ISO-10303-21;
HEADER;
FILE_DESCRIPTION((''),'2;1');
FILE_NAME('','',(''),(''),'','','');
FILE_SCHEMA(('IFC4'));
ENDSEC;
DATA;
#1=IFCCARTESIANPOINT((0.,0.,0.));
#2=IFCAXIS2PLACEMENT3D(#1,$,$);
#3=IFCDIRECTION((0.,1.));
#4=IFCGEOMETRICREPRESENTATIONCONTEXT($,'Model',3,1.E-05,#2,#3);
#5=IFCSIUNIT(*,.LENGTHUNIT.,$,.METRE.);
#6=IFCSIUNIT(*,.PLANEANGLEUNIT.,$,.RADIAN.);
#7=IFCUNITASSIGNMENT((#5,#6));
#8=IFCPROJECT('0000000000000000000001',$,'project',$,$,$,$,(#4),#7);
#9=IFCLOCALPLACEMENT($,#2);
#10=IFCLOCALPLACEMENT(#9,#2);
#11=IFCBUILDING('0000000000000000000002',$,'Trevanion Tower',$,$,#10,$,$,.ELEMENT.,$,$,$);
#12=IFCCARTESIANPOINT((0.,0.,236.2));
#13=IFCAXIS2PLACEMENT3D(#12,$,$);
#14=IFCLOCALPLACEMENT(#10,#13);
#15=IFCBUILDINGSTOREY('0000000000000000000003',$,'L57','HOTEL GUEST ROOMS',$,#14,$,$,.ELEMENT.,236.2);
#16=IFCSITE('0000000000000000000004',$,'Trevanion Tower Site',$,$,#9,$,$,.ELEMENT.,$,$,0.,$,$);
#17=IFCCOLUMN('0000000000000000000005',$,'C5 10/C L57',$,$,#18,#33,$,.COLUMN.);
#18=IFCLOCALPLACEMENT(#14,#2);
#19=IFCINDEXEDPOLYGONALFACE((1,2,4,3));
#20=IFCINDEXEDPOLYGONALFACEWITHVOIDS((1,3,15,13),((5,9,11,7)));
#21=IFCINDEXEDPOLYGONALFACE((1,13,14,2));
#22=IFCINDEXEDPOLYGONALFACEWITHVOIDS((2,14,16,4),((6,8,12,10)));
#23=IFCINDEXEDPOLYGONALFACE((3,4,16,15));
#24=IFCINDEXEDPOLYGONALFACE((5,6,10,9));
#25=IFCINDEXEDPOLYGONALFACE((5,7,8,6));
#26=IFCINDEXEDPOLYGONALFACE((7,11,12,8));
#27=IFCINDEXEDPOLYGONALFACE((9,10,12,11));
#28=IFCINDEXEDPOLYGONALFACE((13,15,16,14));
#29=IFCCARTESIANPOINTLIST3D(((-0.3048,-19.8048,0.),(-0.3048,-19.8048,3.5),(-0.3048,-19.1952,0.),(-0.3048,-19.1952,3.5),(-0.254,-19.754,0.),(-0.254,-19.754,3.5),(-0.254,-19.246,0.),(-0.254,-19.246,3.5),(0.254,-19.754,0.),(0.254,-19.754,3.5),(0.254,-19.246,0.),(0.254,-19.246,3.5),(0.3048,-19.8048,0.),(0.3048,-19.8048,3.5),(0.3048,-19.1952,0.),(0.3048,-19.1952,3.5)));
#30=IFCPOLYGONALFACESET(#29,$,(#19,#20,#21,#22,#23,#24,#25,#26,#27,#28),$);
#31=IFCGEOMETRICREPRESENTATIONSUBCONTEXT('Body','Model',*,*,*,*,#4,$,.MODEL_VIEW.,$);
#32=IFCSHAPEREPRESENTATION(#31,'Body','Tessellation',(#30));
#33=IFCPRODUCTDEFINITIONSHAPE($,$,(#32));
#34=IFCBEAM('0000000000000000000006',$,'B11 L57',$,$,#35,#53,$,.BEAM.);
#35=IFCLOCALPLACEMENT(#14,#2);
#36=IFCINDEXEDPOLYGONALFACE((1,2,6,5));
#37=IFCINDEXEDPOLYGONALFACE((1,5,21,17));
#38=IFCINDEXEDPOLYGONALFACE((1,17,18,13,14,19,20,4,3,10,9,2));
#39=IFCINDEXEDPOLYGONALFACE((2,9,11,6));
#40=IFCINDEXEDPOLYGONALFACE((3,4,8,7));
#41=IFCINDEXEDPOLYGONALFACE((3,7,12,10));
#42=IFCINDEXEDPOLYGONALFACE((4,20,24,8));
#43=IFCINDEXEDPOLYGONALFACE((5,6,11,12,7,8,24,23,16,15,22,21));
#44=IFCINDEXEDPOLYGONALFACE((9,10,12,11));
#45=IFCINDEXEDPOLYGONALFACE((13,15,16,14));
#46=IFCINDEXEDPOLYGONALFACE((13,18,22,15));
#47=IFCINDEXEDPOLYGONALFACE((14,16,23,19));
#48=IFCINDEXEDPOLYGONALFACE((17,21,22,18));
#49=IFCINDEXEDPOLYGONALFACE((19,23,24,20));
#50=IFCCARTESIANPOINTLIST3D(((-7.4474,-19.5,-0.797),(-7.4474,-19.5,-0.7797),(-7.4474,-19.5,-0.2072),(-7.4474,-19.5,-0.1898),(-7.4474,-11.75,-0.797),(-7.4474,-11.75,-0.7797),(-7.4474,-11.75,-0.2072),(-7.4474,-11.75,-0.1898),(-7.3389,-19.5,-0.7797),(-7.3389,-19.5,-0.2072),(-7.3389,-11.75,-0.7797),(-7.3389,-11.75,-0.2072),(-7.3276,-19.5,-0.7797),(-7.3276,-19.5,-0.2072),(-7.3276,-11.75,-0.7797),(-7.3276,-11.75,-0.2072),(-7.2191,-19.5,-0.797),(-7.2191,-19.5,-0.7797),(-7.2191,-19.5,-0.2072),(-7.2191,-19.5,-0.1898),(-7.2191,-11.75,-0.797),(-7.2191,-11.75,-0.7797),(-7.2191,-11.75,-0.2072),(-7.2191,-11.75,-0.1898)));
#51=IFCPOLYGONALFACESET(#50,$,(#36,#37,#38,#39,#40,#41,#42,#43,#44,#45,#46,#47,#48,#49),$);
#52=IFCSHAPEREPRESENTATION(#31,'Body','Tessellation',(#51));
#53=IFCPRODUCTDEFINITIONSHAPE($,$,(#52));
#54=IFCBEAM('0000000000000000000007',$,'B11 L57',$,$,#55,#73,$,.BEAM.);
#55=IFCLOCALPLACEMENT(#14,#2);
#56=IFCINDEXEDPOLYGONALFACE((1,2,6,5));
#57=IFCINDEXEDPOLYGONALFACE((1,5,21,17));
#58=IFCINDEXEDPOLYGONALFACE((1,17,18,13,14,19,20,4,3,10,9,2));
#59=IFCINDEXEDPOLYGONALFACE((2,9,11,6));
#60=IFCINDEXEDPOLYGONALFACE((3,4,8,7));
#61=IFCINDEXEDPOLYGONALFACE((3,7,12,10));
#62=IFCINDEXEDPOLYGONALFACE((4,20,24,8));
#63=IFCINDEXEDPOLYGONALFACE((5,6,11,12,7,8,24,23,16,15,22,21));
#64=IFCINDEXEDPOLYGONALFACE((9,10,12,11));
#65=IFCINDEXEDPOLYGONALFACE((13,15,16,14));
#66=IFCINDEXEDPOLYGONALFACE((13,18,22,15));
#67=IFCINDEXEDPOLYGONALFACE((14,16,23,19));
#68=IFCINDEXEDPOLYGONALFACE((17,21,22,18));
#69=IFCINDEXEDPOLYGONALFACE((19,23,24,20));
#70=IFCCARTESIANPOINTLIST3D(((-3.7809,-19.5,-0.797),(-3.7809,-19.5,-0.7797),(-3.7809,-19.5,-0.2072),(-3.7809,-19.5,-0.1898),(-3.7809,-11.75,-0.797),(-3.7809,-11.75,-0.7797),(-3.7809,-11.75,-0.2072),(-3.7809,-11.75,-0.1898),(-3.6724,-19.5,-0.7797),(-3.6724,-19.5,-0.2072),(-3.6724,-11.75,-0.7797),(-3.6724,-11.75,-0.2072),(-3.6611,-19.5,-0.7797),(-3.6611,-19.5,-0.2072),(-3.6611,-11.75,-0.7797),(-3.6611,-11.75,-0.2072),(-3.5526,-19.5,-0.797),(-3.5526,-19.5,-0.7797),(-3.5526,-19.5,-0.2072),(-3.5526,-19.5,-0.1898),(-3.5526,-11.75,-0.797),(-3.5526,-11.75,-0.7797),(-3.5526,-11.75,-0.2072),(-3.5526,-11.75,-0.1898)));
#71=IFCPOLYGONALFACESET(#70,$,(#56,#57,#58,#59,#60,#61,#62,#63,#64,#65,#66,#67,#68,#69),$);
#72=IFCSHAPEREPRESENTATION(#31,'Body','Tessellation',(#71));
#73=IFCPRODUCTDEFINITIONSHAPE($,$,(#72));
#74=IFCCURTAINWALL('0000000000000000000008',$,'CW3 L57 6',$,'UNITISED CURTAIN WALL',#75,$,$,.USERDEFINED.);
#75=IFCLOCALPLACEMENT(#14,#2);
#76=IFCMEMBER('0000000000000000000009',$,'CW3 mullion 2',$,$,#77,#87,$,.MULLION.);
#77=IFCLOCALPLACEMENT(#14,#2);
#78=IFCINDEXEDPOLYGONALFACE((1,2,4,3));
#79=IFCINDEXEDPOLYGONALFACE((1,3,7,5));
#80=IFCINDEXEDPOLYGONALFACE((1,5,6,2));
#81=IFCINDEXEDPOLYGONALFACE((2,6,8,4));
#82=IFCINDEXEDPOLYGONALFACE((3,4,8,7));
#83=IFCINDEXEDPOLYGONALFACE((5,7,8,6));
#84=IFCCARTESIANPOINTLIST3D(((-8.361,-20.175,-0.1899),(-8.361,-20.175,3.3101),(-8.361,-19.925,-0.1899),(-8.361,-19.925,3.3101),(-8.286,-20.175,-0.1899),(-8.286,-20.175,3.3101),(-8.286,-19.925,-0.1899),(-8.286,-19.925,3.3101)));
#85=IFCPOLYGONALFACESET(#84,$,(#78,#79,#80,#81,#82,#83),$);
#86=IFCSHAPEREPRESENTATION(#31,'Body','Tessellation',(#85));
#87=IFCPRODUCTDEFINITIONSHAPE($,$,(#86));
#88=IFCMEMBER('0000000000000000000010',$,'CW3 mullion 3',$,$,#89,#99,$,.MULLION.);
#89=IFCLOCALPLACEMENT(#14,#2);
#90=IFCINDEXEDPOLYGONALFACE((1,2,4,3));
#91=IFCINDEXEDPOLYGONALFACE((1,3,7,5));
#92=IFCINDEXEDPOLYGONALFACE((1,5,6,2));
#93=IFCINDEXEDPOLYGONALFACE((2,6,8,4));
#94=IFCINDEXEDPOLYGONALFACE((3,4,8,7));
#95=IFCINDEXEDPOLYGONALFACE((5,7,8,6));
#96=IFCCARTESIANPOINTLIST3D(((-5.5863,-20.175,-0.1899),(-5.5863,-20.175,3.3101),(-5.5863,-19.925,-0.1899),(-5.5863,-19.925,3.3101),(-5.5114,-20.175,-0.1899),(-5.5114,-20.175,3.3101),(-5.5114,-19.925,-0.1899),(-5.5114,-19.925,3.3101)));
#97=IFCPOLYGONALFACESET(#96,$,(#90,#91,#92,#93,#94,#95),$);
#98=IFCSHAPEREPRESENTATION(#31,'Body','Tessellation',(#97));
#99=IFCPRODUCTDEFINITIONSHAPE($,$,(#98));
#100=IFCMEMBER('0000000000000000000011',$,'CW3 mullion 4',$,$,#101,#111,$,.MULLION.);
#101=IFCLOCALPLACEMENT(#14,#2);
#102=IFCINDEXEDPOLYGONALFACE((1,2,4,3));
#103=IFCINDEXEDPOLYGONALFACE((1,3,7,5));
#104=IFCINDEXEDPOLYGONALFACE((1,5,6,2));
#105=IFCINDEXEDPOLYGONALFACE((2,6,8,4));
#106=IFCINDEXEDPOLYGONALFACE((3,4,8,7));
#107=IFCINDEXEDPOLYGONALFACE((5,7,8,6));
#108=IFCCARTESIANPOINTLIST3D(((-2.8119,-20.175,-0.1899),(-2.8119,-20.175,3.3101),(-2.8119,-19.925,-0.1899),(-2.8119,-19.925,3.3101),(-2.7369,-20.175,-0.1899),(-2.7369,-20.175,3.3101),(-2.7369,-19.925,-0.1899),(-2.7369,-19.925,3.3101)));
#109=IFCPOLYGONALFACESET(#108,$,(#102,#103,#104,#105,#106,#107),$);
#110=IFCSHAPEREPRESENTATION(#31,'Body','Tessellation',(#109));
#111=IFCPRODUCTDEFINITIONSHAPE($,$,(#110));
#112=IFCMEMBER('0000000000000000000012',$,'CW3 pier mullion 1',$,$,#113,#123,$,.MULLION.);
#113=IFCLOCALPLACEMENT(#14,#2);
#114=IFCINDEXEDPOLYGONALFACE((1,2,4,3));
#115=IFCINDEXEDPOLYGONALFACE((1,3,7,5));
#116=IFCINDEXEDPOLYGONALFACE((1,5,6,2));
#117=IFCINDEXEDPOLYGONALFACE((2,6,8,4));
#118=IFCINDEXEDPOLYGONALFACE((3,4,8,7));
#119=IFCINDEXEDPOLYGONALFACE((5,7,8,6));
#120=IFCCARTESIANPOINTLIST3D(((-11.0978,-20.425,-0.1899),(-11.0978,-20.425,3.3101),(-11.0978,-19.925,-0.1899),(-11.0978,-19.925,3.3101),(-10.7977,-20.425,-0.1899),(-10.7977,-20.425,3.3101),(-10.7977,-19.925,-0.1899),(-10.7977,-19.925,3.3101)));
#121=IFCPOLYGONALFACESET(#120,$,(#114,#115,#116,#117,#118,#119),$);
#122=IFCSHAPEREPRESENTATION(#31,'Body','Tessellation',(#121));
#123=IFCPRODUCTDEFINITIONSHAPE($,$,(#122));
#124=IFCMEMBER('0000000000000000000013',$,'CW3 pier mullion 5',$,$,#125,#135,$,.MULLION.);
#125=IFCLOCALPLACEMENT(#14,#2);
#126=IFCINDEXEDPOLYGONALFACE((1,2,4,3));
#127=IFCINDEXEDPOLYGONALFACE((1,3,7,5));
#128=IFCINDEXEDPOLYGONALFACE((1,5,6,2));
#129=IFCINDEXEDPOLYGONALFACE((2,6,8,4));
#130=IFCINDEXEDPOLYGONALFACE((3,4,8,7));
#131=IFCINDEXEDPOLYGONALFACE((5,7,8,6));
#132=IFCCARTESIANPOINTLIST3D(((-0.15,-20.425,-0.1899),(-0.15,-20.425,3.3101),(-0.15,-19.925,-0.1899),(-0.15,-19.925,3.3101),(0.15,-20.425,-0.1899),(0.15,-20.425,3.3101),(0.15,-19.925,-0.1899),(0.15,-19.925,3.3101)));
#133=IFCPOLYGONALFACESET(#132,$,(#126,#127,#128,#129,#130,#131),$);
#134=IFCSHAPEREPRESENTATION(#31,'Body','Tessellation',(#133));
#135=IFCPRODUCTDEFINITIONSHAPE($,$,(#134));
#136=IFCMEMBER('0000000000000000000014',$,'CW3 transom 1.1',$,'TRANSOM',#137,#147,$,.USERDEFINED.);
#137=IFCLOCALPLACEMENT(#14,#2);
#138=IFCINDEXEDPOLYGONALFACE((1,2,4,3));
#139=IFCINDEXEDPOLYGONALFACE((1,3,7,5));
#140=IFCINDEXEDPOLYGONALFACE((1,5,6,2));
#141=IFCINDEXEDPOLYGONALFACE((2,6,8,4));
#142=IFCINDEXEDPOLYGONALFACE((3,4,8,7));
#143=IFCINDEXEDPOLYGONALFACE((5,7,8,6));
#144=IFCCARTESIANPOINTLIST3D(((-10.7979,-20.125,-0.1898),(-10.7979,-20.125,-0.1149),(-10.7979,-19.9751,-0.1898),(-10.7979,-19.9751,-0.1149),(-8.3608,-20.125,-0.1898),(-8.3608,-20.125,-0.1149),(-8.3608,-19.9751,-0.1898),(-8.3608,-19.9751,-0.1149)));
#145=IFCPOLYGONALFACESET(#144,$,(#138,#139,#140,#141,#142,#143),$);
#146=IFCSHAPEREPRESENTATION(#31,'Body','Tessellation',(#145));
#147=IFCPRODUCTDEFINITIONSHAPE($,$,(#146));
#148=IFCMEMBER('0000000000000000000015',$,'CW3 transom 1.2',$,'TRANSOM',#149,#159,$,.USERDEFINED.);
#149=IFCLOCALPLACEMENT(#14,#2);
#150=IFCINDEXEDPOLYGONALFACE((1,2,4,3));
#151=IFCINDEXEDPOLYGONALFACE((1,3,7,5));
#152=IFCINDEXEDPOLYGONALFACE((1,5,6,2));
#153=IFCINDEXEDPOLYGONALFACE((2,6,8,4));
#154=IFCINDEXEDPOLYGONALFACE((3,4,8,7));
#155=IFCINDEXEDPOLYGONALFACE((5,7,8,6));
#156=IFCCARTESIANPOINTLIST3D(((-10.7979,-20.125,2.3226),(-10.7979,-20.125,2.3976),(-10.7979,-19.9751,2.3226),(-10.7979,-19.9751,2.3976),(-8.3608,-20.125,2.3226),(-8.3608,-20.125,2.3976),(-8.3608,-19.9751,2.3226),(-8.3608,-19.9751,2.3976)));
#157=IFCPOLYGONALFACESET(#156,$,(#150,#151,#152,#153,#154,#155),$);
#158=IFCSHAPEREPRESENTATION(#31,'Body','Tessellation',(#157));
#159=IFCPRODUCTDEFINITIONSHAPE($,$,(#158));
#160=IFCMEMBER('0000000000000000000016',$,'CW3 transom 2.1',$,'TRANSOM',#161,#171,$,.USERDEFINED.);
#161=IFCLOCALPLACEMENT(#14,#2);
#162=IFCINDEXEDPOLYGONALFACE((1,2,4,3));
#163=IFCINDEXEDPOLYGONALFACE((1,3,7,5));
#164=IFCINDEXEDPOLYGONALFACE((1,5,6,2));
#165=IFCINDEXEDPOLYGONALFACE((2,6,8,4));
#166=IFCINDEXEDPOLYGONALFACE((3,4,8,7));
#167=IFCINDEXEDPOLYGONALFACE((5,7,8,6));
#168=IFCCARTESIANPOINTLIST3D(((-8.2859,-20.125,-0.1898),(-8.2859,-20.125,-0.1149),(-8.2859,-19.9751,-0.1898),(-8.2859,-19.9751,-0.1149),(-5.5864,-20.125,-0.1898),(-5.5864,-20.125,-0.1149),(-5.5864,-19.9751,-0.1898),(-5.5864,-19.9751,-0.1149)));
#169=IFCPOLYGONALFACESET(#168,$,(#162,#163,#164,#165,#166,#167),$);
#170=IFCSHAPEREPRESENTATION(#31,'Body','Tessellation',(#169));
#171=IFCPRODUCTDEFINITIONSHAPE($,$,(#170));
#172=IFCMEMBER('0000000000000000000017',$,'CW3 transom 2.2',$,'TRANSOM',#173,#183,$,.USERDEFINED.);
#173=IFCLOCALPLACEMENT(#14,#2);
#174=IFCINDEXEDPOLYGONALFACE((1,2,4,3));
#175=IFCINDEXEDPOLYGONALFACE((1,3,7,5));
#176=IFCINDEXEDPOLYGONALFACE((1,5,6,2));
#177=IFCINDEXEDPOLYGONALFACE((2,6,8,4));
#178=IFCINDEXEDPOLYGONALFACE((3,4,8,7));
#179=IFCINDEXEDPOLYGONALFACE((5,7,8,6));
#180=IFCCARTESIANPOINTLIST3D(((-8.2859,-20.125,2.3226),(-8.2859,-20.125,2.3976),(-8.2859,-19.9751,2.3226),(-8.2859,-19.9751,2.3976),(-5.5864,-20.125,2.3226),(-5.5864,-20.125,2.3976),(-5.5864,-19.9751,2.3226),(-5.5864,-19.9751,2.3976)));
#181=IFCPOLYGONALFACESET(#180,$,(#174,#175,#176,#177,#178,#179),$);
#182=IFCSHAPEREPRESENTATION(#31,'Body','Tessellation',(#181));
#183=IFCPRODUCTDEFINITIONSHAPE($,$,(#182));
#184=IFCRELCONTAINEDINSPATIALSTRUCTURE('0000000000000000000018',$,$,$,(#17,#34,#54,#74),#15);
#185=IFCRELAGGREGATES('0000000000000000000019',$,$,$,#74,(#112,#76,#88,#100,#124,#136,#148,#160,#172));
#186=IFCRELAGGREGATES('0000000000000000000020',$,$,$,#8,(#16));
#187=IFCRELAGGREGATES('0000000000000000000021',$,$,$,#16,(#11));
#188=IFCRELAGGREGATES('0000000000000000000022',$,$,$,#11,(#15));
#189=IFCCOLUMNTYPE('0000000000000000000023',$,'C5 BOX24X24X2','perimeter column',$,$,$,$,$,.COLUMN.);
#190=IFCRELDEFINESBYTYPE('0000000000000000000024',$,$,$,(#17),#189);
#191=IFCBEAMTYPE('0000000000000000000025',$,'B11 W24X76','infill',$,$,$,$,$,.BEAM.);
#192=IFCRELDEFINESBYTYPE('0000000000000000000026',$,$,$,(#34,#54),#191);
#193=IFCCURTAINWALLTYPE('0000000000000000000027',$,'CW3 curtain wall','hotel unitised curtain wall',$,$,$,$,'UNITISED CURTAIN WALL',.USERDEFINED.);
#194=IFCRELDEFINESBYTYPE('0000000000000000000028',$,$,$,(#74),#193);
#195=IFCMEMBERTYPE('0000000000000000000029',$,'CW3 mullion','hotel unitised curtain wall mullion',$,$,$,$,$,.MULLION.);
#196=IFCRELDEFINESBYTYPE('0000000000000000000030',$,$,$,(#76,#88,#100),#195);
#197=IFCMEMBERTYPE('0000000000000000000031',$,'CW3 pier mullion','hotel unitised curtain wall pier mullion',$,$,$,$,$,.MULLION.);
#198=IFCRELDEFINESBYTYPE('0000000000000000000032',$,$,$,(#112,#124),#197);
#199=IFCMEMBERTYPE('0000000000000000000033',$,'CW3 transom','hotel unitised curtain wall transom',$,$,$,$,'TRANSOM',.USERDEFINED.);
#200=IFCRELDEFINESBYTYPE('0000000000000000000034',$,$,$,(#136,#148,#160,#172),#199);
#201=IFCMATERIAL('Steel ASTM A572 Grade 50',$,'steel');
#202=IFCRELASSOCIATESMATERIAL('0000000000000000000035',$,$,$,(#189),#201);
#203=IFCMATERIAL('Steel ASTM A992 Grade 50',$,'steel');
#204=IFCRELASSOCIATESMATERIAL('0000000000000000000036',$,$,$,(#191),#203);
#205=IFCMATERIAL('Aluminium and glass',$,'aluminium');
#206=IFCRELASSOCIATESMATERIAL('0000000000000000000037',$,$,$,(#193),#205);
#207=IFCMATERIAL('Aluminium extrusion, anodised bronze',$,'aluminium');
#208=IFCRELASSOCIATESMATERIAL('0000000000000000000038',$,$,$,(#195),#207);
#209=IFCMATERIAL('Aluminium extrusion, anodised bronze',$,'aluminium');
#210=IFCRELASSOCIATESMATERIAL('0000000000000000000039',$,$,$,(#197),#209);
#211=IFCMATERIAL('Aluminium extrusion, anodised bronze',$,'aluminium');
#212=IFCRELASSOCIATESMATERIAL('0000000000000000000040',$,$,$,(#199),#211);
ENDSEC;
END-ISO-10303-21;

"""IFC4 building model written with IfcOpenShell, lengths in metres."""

from ifc_helpers import new_model, si_unit, direction, frame, origin, origin_2d, place, context, subcontext, project, spatial, rectangle, hollow_rectangle, i_section, extrude, material, material_profile, profile_set, type_object, element, aggregate, save


model = new_model("IFC4")

# Units and contexts
model_context = context("Model", 3, precision=1e-05, world=origin(), true_north=direction((0.0, 1.0)))
body_context = subcontext(model_context, "Body", "Model", "MODEL_VIEW")
ifc_project = project(units=[si_unit("LENGTHUNIT", "METRE"), si_unit("PLANEANGLEUNIT", "RADIAN")], contexts=[model_context])

# Site, building, storey
site_placement = place(None, origin())
site = spatial("IfcSite", under=ifc_project, at=site_placement, Name="Trevanion Tower Site", CompositionType="ELEMENT", RefElevation=0.0)
building_placement = place(site_placement, origin())
building = spatial("IfcBuilding", under=site, at=building_placement, Name="Trevanion Tower", CompositionType="ELEMENT")
storey_placement = place(building_placement, frame((0.0, 0.0, 236.2)))
storey = spatial("IfcBuildingStorey", under=building, at=storey_placement, Name="L57", Description="HOTEL GUEST ROOMS", CompositionType="ELEMENT", Elevation=236.2)

# Column
ifc_material_1 = material(Name="Steel ASTM A572 Grade 50", Category="steel")
ifc_material_profile_1 = material_profile(ifc_material_1, hollow_rectangle(XDim=0.6096, YDim=0.6096, WallThickness=0.0508, at=origin_2d()), Name="BOX24X24X2")
ifc_profile_set_1 = profile_set([ifc_material_profile_1], Name="Steel ASTM A572 Grade 50")
column_type = type_object("IfcColumnType", Name="C5 BOX24X24X2", Description="perimeter column", PredefinedType="COLUMN", material=ifc_profile_set_1)
column_placement = place(storey_placement, frame((0.0, -19.5, 0.0), z_axis=(0.0, 0.0, 1.0), x_axis=(1.0, 0.0, 0.0)))
element("IfcColumn", 1, at=column_placement, inside=storey, type_object=column_type, Name="C5 10/C L57", PredefinedType="COLUMN", context=body_context, shape_type="SweptSolid", body=[
    extrude(hollow_rectangle(XDim=0.6096, YDim=0.6096, WallThickness=0.0508, at=origin_2d()), origin(), (0.0, 0.0, 1.0), 3.5),
])

# Beams
ifc_material_2 = material(Name="Steel ASTM A992 Grade 50", Category="steel")
ifc_material_profile_2 = material_profile(ifc_material_2, i_section(OverallWidth=0.2283, OverallDepth=0.6072, WebThickness=0.0112, FlangeThickness=0.0173, at=origin_2d()), Name="W24X76")
ifc_profile_set_2 = profile_set([ifc_material_profile_2], Name="Steel ASTM A992 Grade 50")
beam_type_1 = type_object("IfcBeamType", Name="B11 W24X76", Description="infill", PredefinedType="BEAM", material=ifc_profile_set_2)
for number, where, z_axis, x_axis, name in (
    (2, (-7.3333, -11.75, -0.4934), (0.0, -1.0, 0.0), (1.0, 0.0, 0.0), "B11 L57"),
    (3, (-3.6667, -11.75, -0.4934), (0.0, -1.0, 0.0), (1.0, 0.0, 0.0), "B11 L57"),
):
    element("IfcBeam", number, at=place(storey_placement, frame(where, z_axis=z_axis, x_axis=x_axis)), inside=storey, type_object=beam_type_1, Name=name, PredefinedType="BEAM", context=body_context, shape_type="SweptSolid", body=[
        extrude(i_section(OverallWidth=0.2283, OverallDepth=0.6072, WebThickness=0.0112, FlangeThickness=0.0173, at=origin_2d()), origin(), (0.0, 0.0, 1.0), 7.75),
    ])

# Curtain wall, members
ifc_material_3 = material(Name="Aluminium and glass", Category="aluminium")
curtain_wall_type = type_object("IfcCurtainWallType", Name="CW3 curtain wall", Description="hotel unitised curtain wall", ElementType="UNITISED CURTAIN WALL", PredefinedType="USERDEFINED", material=ifc_material_3)
curtain_wall_placement = place(storey_placement, origin())
curtain_wall = element("IfcCurtainWall", 4, at=curtain_wall_placement, inside=storey, type_object=curtain_wall_type, Name="CW3 L57 6", ObjectType="UNITISED CURTAIN WALL", PredefinedType="USERDEFINED")
ifc_material_4 = material(Name="Aluminium extrusion, anodised bronze", Category="aluminium")
ifc_material_profile_3 = material_profile(ifc_material_4, rectangle(XDim=0.075, YDim=0.25, at=origin_2d()), Name="CW3 mullion")
ifc_profile_set_3 = profile_set([ifc_material_profile_3], Name="Aluminium extrusion, anodised bronze")
member_type_1 = type_object("IfcMemberType", Name="CW3 mullion", Description="hotel unitised curtain wall mullion", PredefinedType="MULLION", material=ifc_profile_set_3)
member_1_placement = place(storey_placement, frame((-8.3235, -20.05, -0.1899), z_axis=(0.0, 0.0, 1.0), x_axis=(1.0, 0.0, 0.0)))
member_1 = element("IfcMember", 5, at=member_1_placement, type_object=member_type_1, Name="CW3 mullion 2", PredefinedType="MULLION", context=body_context, shape_type="SweptSolid", body=[
    extrude(rectangle(XDim=0.075, YDim=0.25, at=origin_2d()), origin(), (0.0, 0.0, 1.0), 3.5),
])
member_2_placement = place(storey_placement, frame((-5.5488, -20.05, -0.1899), z_axis=(0.0, 0.0, 1.0), x_axis=(1.0, 0.0, 0.0)))
member_2 = element("IfcMember", 6, at=member_2_placement, type_object=member_type_1, Name="CW3 mullion 3", PredefinedType="MULLION", context=body_context, shape_type="SweptSolid", body=[
    extrude(rectangle(XDim=0.075, YDim=0.25, at=origin_2d()), origin(), (0.0, 0.0, 1.0), 3.5),
])
member_3_placement = place(storey_placement, frame((-2.7744, -20.05, -0.1899), z_axis=(0.0, 0.0, 1.0), x_axis=(1.0, 0.0, 0.0)))
member_3 = element("IfcMember", 7, at=member_3_placement, type_object=member_type_1, Name="CW3 mullion 4", PredefinedType="MULLION", context=body_context, shape_type="SweptSolid", body=[
    extrude(rectangle(XDim=0.075, YDim=0.25, at=origin_2d()), origin(), (0.0, 0.0, 1.0), 3.5),
])
ifc_material_5 = material(Name="Aluminium extrusion, anodised bronze", Category="aluminium")
ifc_material_profile_4 = material_profile(ifc_material_5, rectangle(XDim=0.3, YDim=0.5, at=origin_2d()), Name="CW3 pier mullion")
ifc_profile_set_4 = profile_set([ifc_material_profile_4], Name="Aluminium extrusion, anodised bronze")
member_type_2 = type_object("IfcMemberType", Name="CW3 pier mullion", Description="hotel unitised curtain wall pier mullion", PredefinedType="MULLION", material=ifc_profile_set_4)
member_4_placement = place(storey_placement, frame((-10.9478, -20.175, -0.1899), z_axis=(0.0, 0.0, 1.0), x_axis=(1.0, 0.0, 0.0)))
member_4 = element("IfcMember", 8, at=member_4_placement, type_object=member_type_2, Name="CW3 pier mullion 1", PredefinedType="MULLION", context=body_context, shape_type="SweptSolid", body=[
    extrude(rectangle(XDim=0.3, YDim=0.5, at=origin_2d()), origin(), (0.0, 0.0, 1.0), 3.5),
])
member_5_placement = place(storey_placement, frame((0.0, -20.175, -0.1899), z_axis=(0.0, 0.0, 1.0), x_axis=(1.0, 0.0, 0.0)))
member_5 = element("IfcMember", 9, at=member_5_placement, type_object=member_type_2, Name="CW3 pier mullion 5", PredefinedType="MULLION", context=body_context, shape_type="SweptSolid", body=[
    extrude(rectangle(XDim=0.3, YDim=0.5, at=origin_2d()), origin(), (0.0, 0.0, 1.0), 3.5),
])
ifc_material_6 = material(Name="Aluminium extrusion, anodised bronze", Category="aluminium")
ifc_material_profile_5 = material_profile(ifc_material_6, rectangle(XDim=0.1499, YDim=0.075, at=origin_2d()), Name="CW3 transom")
ifc_profile_set_5 = profile_set([ifc_material_profile_5], Name="Aluminium extrusion, anodised bronze")
member_type_3 = type_object("IfcMemberType", Name="CW3 transom", Description="hotel unitised curtain wall transom", ElementType="TRANSOM", PredefinedType="USERDEFINED", material=ifc_profile_set_5)
member_6_placement = place(storey_placement, frame((-10.7979, -20.05, -0.1523), z_axis=(1.0, 0.0, 0.0), x_axis=(0.0, 1.0, 0.0)))
member_6 = element("IfcMember", 10, at=member_6_placement, type_object=member_type_3, Name="CW3 transom 1.1", ObjectType="TRANSOM", PredefinedType="USERDEFINED", context=body_context, shape_type="SweptSolid", body=[
    extrude(rectangle(XDim=0.1499, YDim=0.075, at=origin_2d()), origin(), (0.0, 0.0, 1.0), 2.437),
])
member_7_placement = place(storey_placement, frame((-10.7979, -20.05, 2.3601), z_axis=(1.0, 0.0, 0.0), x_axis=(0.0, 1.0, 0.0)))
member_7 = element("IfcMember", 11, at=member_7_placement, type_object=member_type_3, Name="CW3 transom 1.2", ObjectType="TRANSOM", PredefinedType="USERDEFINED", context=body_context, shape_type="SweptSolid", body=[
    extrude(rectangle(XDim=0.1499, YDim=0.075, at=origin_2d()), origin(), (0.0, 0.0, 1.0), 2.437),
])
member_8_placement = place(storey_placement, frame((-8.2859, -20.05, -0.1523), z_axis=(1.0, 0.0, 0.0), x_axis=(0.0, 1.0, 0.0)))
member_8 = element("IfcMember", 12, at=member_8_placement, type_object=member_type_3, Name="CW3 transom 2.1", ObjectType="TRANSOM", PredefinedType="USERDEFINED", context=body_context, shape_type="SweptSolid", body=[
    extrude(rectangle(XDim=0.1499, YDim=0.075, at=origin_2d()), origin(), (0.0, 0.0, 1.0), 2.6995),
])
member_9_placement = place(storey_placement, frame((-8.2859, -20.05, 2.3601), z_axis=(1.0, 0.0, 0.0), x_axis=(0.0, 1.0, 0.0)))
member_9 = element("IfcMember", 13, at=member_9_placement, type_object=member_type_3, Name="CW3 transom 2.2", ObjectType="TRANSOM", PredefinedType="USERDEFINED", context=body_context, shape_type="SweptSolid", body=[
    extrude(rectangle(XDim=0.1499, YDim=0.075, at=origin_2d()), origin(), (0.0, 0.0, 1.0), 2.6995),
])

aggregate(curtain_wall, [member_4, member_1, member_2, member_3, member_5, member_6, member_7, member_8, member_9])

save(model, "model.ifc")
